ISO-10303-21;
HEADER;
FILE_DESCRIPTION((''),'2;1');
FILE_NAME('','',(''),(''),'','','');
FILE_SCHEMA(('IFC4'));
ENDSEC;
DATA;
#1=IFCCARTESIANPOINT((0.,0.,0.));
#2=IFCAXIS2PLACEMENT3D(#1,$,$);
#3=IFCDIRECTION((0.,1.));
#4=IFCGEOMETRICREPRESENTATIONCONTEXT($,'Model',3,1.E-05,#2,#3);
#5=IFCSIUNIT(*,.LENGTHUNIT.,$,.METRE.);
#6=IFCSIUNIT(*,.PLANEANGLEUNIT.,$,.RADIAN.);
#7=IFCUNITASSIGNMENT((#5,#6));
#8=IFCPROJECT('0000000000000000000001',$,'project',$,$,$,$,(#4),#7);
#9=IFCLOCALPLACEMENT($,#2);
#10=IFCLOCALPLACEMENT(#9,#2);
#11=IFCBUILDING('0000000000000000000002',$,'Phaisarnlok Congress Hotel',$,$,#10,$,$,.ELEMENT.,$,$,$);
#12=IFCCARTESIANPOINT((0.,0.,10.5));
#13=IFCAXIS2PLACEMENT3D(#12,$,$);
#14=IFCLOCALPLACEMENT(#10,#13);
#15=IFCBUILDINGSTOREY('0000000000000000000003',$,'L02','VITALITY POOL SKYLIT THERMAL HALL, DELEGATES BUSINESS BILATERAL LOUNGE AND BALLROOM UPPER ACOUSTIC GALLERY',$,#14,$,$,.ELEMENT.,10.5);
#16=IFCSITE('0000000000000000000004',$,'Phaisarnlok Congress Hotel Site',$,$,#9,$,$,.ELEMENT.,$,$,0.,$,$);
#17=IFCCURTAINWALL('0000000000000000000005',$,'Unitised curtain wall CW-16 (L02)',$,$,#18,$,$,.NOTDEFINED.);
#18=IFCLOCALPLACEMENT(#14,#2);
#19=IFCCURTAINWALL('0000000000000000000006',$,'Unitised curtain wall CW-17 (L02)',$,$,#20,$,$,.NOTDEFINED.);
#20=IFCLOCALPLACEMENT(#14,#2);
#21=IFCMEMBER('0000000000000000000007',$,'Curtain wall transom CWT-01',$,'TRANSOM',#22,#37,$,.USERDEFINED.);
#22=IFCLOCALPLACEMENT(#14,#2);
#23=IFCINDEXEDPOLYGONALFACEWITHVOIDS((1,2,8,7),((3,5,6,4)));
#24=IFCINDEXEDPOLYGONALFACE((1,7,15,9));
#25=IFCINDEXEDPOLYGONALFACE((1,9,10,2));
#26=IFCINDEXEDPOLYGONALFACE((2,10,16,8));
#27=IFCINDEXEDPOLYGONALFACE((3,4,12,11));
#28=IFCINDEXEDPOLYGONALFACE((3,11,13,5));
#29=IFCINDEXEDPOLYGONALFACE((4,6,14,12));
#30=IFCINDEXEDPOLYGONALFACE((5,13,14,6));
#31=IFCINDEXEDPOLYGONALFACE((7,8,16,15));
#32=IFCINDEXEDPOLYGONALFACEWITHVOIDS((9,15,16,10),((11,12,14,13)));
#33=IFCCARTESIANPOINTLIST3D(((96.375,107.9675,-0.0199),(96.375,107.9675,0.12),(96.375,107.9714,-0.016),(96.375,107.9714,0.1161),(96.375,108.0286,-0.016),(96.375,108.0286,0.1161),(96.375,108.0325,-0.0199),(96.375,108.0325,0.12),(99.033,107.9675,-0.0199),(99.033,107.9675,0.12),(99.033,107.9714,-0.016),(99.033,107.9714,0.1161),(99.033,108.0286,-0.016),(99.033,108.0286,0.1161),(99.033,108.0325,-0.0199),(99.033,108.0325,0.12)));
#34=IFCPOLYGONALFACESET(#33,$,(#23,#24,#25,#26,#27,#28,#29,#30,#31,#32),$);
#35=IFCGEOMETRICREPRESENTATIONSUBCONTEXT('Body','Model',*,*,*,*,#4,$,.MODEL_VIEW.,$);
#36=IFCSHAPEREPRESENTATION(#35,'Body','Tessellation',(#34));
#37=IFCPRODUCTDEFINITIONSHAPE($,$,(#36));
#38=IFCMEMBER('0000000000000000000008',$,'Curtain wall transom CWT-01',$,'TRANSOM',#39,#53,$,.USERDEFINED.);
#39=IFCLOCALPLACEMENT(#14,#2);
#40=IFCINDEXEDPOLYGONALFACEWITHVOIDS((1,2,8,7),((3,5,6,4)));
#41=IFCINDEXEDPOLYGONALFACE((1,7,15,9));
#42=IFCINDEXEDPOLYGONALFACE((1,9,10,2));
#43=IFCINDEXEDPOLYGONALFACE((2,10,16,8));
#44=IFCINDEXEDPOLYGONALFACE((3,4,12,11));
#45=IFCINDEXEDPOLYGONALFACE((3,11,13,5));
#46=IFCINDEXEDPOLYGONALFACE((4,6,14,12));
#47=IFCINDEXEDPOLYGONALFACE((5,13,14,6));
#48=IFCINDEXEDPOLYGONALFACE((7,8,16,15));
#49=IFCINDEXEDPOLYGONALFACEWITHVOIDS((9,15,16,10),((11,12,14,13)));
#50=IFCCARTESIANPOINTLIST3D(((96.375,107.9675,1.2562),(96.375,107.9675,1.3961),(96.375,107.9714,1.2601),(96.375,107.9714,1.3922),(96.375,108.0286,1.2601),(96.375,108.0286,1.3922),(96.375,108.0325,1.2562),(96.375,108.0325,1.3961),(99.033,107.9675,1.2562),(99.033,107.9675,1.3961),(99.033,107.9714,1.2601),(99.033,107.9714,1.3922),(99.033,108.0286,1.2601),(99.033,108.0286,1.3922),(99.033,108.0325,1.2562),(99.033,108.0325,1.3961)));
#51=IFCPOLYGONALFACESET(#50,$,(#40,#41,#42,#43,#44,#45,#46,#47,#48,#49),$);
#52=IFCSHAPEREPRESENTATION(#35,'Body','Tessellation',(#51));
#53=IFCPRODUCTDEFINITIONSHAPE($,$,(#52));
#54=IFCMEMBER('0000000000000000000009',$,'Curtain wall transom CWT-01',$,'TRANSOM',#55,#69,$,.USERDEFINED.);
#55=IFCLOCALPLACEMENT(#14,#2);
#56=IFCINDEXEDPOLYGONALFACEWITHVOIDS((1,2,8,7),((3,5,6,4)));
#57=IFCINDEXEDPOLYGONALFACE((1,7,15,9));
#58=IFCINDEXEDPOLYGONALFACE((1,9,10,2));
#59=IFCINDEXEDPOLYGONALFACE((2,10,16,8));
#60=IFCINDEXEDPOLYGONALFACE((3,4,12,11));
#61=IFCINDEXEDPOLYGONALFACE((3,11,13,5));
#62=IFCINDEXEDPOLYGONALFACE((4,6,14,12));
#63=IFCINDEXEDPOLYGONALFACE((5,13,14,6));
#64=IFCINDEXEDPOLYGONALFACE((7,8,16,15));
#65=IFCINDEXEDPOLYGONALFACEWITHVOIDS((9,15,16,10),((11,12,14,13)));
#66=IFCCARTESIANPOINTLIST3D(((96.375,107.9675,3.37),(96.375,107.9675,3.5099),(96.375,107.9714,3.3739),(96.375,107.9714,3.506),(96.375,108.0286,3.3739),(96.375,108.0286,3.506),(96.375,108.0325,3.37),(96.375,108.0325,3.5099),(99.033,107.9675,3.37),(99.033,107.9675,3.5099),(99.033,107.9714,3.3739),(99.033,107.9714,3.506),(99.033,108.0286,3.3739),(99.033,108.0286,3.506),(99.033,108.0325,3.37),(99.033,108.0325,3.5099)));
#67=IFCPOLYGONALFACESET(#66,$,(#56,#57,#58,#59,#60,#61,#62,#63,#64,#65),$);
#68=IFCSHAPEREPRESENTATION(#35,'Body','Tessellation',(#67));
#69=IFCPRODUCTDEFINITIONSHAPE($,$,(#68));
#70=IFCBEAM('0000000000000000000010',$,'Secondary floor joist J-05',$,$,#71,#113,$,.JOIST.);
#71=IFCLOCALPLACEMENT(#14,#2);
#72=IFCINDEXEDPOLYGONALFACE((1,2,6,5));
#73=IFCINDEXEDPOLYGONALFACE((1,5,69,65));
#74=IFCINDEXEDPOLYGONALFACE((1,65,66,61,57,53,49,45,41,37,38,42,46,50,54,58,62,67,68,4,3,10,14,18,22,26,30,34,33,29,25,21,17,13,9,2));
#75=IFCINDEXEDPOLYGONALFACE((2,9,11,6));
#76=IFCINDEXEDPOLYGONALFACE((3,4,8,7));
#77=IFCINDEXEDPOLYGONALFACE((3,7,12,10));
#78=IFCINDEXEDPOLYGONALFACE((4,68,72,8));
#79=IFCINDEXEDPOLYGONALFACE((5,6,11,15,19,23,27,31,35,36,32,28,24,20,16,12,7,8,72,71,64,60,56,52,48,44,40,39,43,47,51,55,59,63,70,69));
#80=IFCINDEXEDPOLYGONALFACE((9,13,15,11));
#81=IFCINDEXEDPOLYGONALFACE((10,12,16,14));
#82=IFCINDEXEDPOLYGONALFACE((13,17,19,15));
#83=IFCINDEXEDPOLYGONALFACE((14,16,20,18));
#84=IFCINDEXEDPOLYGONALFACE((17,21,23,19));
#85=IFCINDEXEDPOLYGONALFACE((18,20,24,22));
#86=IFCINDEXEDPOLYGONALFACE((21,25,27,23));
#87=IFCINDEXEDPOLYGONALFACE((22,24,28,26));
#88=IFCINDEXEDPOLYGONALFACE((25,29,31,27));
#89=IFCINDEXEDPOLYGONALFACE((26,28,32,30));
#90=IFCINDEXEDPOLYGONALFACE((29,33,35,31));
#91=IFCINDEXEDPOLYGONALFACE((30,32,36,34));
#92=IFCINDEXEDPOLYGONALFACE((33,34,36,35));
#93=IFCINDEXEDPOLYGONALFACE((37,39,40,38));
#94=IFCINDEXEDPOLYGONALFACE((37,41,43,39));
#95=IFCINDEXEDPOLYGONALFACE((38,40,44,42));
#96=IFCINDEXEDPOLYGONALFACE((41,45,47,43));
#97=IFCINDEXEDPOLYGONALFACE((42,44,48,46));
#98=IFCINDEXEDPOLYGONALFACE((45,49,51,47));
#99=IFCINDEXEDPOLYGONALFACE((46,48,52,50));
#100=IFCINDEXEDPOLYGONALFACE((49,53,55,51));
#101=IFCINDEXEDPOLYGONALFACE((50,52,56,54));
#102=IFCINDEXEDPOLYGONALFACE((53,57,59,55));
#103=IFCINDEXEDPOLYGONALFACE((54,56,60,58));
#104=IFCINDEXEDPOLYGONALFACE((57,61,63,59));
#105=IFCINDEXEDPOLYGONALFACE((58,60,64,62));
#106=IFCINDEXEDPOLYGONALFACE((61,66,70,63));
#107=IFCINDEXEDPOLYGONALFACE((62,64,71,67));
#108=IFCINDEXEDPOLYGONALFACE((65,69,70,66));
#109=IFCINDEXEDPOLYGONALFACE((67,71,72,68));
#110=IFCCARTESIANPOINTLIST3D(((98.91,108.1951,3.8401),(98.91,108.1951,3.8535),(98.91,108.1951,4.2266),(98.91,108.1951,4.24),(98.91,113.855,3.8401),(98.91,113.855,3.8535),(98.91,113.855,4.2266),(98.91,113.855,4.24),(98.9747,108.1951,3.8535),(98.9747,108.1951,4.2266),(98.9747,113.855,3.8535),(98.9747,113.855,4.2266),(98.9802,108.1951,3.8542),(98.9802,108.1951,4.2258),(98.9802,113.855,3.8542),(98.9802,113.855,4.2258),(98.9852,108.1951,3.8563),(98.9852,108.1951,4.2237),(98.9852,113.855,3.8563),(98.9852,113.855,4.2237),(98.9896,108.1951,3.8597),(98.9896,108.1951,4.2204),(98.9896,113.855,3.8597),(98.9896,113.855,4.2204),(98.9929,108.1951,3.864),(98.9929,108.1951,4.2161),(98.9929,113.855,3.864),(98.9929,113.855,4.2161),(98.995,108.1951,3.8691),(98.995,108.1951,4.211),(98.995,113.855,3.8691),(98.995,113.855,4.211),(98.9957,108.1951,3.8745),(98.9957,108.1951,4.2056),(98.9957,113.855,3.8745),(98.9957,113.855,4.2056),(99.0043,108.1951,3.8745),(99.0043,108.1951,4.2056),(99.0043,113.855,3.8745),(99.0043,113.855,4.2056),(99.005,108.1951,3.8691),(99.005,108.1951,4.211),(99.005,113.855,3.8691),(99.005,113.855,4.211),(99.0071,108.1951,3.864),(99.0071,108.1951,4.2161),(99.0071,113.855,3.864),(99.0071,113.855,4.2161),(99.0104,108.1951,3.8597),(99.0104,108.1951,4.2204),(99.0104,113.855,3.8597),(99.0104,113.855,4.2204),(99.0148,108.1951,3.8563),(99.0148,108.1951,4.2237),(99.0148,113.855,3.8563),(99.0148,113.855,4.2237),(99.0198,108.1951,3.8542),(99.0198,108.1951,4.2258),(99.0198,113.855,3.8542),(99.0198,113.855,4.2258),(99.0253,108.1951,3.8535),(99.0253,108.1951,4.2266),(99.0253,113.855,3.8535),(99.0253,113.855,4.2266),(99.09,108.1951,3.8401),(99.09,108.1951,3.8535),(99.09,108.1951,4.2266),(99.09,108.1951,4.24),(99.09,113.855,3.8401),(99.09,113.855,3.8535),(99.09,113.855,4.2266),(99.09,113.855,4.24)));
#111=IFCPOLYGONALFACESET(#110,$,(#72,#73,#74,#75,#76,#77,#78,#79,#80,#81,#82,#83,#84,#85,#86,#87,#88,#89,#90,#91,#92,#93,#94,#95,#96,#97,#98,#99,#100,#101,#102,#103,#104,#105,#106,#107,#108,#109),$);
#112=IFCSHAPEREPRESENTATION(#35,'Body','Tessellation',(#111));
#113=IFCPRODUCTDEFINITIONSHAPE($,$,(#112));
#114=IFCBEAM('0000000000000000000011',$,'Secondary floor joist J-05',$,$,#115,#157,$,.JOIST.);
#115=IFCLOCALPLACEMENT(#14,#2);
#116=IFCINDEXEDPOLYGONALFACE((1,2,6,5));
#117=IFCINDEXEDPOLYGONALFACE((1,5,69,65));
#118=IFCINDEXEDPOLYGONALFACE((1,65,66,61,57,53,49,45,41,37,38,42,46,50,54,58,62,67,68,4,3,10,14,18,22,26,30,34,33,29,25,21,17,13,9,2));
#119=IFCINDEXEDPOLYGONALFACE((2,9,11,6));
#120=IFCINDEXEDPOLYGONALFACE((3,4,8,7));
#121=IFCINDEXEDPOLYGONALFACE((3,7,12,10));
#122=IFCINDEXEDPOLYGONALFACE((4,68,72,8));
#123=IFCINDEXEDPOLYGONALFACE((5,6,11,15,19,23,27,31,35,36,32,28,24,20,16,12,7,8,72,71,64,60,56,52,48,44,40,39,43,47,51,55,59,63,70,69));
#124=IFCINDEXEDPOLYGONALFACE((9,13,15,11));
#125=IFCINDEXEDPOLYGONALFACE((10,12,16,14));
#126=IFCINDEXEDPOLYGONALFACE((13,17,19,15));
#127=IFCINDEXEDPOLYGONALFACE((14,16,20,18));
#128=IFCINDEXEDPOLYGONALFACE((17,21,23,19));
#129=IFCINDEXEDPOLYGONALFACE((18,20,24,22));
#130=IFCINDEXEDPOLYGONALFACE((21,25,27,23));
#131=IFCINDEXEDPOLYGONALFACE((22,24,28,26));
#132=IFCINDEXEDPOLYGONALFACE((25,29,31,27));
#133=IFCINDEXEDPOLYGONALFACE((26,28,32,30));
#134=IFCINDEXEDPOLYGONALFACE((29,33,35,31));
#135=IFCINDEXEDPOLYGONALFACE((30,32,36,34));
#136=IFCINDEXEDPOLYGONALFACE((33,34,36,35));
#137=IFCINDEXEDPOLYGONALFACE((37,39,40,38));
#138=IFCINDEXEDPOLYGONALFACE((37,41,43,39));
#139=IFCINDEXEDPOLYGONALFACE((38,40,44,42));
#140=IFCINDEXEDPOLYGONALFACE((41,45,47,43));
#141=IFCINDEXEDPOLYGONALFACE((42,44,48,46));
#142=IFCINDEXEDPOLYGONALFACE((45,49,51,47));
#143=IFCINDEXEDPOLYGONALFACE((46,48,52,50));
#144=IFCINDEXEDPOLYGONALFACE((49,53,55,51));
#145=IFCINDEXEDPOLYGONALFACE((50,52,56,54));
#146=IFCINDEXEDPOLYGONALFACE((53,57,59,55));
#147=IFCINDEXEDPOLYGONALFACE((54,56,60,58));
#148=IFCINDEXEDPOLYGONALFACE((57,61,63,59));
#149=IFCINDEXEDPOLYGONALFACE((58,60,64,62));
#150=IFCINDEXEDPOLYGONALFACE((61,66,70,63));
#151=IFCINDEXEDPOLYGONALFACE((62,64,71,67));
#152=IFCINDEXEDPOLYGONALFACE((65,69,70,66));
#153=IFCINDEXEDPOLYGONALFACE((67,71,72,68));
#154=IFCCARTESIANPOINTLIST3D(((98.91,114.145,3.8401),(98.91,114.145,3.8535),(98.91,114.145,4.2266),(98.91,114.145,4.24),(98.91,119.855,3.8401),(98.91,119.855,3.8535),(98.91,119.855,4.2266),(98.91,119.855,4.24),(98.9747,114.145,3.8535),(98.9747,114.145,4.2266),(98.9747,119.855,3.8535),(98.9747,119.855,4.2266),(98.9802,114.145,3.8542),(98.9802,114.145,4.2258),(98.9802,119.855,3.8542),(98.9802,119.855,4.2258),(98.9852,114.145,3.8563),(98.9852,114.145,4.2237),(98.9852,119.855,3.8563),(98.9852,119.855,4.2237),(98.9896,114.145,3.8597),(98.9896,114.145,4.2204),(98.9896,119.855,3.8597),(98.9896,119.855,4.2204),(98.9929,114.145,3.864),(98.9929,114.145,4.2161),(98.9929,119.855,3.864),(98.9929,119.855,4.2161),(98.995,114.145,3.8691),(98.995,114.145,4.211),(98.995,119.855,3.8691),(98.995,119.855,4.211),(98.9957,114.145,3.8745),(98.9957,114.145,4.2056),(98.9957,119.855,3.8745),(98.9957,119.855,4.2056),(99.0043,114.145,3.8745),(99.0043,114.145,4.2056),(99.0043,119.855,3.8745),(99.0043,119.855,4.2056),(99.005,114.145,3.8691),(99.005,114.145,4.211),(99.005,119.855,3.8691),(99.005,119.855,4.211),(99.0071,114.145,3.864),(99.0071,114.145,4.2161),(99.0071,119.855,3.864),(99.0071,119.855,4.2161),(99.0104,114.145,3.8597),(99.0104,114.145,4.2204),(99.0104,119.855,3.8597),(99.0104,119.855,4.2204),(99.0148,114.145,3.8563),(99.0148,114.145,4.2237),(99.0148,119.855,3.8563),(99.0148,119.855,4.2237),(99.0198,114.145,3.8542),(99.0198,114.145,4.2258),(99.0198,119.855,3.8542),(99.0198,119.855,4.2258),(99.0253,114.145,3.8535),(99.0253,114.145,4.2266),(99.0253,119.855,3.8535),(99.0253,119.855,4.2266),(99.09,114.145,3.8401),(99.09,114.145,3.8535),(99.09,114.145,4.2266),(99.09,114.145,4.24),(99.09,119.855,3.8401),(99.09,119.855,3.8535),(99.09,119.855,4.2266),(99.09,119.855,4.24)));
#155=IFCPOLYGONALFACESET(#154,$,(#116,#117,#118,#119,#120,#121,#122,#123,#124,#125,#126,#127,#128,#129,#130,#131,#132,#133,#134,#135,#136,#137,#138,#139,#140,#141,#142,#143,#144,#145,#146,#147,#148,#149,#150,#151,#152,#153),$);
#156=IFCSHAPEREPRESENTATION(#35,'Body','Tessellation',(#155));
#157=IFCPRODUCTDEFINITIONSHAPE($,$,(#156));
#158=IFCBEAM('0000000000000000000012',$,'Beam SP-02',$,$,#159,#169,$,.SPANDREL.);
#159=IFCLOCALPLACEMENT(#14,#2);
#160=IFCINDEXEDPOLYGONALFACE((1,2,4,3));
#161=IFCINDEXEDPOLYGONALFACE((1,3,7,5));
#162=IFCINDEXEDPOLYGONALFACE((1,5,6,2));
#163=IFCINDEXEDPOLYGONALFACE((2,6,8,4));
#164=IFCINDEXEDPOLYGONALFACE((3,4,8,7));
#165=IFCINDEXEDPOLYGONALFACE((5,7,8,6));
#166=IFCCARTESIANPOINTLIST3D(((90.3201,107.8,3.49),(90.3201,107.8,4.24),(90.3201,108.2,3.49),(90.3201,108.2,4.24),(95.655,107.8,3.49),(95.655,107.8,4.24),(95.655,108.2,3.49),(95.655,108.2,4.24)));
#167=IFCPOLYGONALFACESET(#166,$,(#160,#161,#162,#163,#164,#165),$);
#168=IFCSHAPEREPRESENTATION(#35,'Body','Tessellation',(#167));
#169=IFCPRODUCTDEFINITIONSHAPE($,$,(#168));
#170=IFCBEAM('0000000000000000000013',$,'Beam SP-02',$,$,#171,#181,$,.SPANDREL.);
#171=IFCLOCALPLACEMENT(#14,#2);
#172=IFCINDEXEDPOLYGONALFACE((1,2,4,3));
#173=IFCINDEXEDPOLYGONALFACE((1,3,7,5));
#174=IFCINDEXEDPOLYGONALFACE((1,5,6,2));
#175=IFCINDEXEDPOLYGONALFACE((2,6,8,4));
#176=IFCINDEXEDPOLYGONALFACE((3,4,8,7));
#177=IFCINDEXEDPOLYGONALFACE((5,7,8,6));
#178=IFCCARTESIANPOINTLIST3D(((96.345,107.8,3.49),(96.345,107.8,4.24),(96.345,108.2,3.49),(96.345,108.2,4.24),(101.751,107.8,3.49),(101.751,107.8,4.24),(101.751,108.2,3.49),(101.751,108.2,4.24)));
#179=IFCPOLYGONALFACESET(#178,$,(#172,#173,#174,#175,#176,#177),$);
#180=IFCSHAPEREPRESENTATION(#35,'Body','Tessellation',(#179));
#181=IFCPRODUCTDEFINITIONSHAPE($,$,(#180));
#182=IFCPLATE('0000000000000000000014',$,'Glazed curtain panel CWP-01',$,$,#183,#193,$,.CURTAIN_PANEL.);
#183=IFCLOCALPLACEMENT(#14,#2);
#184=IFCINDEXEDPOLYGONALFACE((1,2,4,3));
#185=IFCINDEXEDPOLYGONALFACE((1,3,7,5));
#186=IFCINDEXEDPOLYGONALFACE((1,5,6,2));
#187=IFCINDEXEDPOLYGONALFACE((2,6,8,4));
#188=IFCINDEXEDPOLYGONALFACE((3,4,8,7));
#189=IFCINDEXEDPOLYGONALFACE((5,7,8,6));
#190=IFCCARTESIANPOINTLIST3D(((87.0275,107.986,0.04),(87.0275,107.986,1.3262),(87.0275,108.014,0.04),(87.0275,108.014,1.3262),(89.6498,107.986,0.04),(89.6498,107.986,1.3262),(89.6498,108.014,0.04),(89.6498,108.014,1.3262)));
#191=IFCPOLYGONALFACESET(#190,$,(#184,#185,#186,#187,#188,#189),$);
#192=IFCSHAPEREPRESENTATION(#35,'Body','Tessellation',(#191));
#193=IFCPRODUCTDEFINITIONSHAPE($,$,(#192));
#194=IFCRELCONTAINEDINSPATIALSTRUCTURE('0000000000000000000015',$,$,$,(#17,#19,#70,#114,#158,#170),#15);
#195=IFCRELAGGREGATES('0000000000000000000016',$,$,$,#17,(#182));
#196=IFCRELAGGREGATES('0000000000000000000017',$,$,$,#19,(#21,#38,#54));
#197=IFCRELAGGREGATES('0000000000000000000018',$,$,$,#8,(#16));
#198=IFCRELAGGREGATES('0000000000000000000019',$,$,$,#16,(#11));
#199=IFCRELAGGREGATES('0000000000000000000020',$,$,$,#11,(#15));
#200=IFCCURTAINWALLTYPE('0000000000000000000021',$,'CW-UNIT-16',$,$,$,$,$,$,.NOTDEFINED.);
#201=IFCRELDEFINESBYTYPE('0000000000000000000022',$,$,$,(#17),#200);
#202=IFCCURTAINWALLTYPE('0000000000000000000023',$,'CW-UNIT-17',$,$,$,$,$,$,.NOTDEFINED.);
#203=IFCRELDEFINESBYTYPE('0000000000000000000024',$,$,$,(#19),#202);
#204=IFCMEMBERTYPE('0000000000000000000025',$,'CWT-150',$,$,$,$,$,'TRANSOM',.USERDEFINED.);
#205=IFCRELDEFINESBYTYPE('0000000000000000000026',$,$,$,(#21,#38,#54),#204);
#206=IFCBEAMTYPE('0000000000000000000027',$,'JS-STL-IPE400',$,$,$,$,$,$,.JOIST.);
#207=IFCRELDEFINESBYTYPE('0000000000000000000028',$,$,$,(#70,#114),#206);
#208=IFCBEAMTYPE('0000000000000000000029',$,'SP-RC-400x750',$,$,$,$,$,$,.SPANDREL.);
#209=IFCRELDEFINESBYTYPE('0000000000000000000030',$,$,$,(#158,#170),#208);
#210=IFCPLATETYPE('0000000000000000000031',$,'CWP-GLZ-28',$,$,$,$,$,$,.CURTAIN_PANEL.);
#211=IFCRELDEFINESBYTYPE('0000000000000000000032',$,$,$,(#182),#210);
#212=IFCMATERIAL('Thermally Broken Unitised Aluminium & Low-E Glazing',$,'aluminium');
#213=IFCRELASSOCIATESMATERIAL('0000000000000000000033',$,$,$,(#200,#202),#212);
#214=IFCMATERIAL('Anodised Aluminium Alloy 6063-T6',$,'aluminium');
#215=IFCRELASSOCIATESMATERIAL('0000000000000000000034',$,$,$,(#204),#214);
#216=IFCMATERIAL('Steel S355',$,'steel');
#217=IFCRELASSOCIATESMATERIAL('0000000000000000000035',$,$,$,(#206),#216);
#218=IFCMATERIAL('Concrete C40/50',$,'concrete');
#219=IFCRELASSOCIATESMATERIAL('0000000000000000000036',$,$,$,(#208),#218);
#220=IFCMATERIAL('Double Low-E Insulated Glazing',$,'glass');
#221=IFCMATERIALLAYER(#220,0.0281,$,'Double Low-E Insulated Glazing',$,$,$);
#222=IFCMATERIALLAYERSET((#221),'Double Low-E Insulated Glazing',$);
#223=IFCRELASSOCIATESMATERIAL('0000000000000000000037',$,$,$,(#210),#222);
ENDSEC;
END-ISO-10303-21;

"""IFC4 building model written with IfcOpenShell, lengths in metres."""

from ifc_helpers import new_model, si_unit, direction, frame, frame_2d, origin, origin_2d, place, context, subcontext, project, spatial, rectangle, hollow_rectangle, i_section, extrude, material, layer, layer_set, material_profile, profile_set, type_object, element, aggregate, save


model = new_model("IFC4")

# Units and contexts
model_context = context("Model", 3, precision=1e-05, world=origin(), true_north=direction((0.0, 1.0)))
body_context = subcontext(model_context, "Body", "Model", "MODEL_VIEW")
ifc_project = project(units=[si_unit("LENGTHUNIT", "METRE"), si_unit("PLANEANGLEUNIT", "RADIAN")], contexts=[model_context])

# Site, building, storey
site_placement = place(None, origin())
site = spatial("IfcSite", under=ifc_project, at=site_placement, Name="Phaisarnlok Congress Hotel Site", CompositionType="ELEMENT", RefElevation=0.0)
building_placement = place(site_placement, origin())
building = spatial("IfcBuilding", under=site, at=building_placement, Name="Phaisarnlok Congress Hotel", CompositionType="ELEMENT")
storey_placement = place(building_placement, frame((0.0, 0.0, 10.5)))
storey = spatial("IfcBuildingStorey", under=building, at=storey_placement, Name="L02", Description="VITALITY POOL SKYLIT THERMAL HALL, DELEGATES BUSINESS BILATERAL LOUNGE AND BALLROOM UPPER ACOUSTIC GALLERY", CompositionType="ELEMENT", Elevation=10.5)

# Shared definitions
ifc_material_1 = material(Name="Concrete C40/50", Category="concrete")
ifc_material_2 = material(Name="Steel S355", Category="steel")

# Curtain walls
ifc_material_3 = material(Name="Thermally Broken Unitised Aluminium & Low-E Glazing", Category="aluminium")
curtain_wall_type_1 = type_object("IfcCurtainWallType", Name="CW-UNIT-16", PredefinedType="NOTDEFINED", material=ifc_material_3)
curtain_wall_1_placement = place(storey_placement, origin())
curtain_wall_1 = element("IfcCurtainWall", 1, at=curtain_wall_1_placement, inside=storey, type_object=curtain_wall_type_1, Name="Unitised curtain wall CW-16 (L02)", PredefinedType="NOTDEFINED")
ifc_material_4 = material(Name="Anodised Aluminium Alloy 6063-T6", Category="aluminium")
curtain_wall_type_2 = type_object("IfcCurtainWallType", Name="CW-UNIT-17", PredefinedType="NOTDEFINED", material=ifc_material_3)
curtain_wall_2_placement = place(storey_placement, origin())
curtain_wall_2 = element("IfcCurtainWall", 2, at=curtain_wall_2_placement, inside=storey, type_object=curtain_wall_type_2, Name="Unitised curtain wall CW-17 (L02)", PredefinedType="NOTDEFINED")

# Members
ifc_material_profile_1 = material_profile(ifc_material_4, hollow_rectangle(XDim=0.0649, YDim=0.1399, WallThickness=0.0039, at=origin_2d()), Name="ALU-T 65x140x4")
ifc_profile_set_1 = profile_set([ifc_material_profile_1], Name="Anodised Aluminium Alloy 6063-T6")
member_type_1 = type_object("IfcMemberType", Name="CWT-150", ElementType="TRANSOM", PredefinedType="USERDEFINED", material=ifc_profile_set_1)
member_1_placement = place(storey_placement, frame((96.375, 108.0, 0.05), z_axis=(1.0, 0.0, 0.0), x_axis=(0.0, 1.0, 0.0)))
member_1 = element("IfcMember", 3, at=member_1_placement, type_object=member_type_1, Name="Curtain wall transom CWT-01", ObjectType="TRANSOM", PredefinedType="USERDEFINED", context=body_context, shape_type="SweptSolid", body=[
    extrude(hollow_rectangle(XDim=0.0649, YDim=0.1399, WallThickness=0.0039, at=origin_2d()), origin(), (0.0, 0.0, 1.0), 2.658),
])
member_2_placement = place(storey_placement, frame((96.375, 108.0, 1.3262), z_axis=(1.0, 0.0, 0.0), x_axis=(0.0, 1.0, 0.0)))
member_2 = element("IfcMember", 4, at=member_2_placement, type_object=member_type_1, Name="Curtain wall transom CWT-01", ObjectType="TRANSOM", PredefinedType="USERDEFINED", context=body_context, shape_type="SweptSolid", body=[
    extrude(hollow_rectangle(XDim=0.0649, YDim=0.1399, WallThickness=0.0039, at=origin_2d()), origin(), (0.0, 0.0, 1.0), 2.658),
])
member_3_placement = place(storey_placement, frame((96.375, 108.0, 3.4399), z_axis=(1.0, 0.0, 0.0), x_axis=(0.0, 1.0, 0.0)))
member_3 = element("IfcMember", 5, at=member_3_placement, type_object=member_type_1, Name="Curtain wall transom CWT-01", ObjectType="TRANSOM", PredefinedType="USERDEFINED", context=body_context, shape_type="SweptSolid", body=[
    extrude(hollow_rectangle(XDim=0.0649, YDim=0.1399, WallThickness=0.0039, at=origin_2d()), origin(), (0.0, 0.0, 1.0), 2.658),
])

# Beams
ifc_material_profile_2 = material_profile(ifc_material_2, i_section(OverallWidth=0.1799, OverallDepth=0.3999, WebThickness=0.0085, FlangeThickness=0.0134, FilletRadius=0.021, at=origin_2d()), Name="IPE 400")
ifc_profile_set_2 = profile_set([ifc_material_profile_2], Name="Steel S355")
beam_type_1 = type_object("IfcBeamType", Name="JS-STL-IPE400", PredefinedType="JOIST", material=ifc_profile_set_2)
beam_1_placement = place(storey_placement, frame((99.0, 108.1951, 4.04), z_axis=(0.0, 1.0, 0.0), x_axis=(-1.0, 0.0, 0.0)))
element("IfcBeam", 6, at=beam_1_placement, inside=storey, type_object=beam_type_1, Name="Secondary floor joist J-05", PredefinedType="JOIST", context=body_context, shape_type="SweptSolid", body=[
    extrude(i_section(OverallWidth=0.1799, OverallDepth=0.3999, WebThickness=0.0085, FlangeThickness=0.0134, FilletRadius=0.021, at=origin_2d()), origin(), (0.0, 0.0, 1.0), 5.6599),
])
beam_2_placement = place(storey_placement, frame((99.0, 114.145, 4.04), z_axis=(0.0, 1.0, 0.0), x_axis=(-1.0, 0.0, 0.0)))
element("IfcBeam", 7, at=beam_2_placement, inside=storey, type_object=beam_type_1, Name="Secondary floor joist J-05", PredefinedType="JOIST", context=body_context, shape_type="SweptSolid", body=[
    extrude(i_section(OverallWidth=0.1799, OverallDepth=0.3999, WebThickness=0.0085, FlangeThickness=0.0134, FilletRadius=0.021, at=origin_2d()), origin(), (0.0, 0.0, 1.0), 5.71),
])
ifc_material_profile_3 = material_profile(ifc_material_1, rectangle(XDim=0.3999, YDim=0.75, at=origin_2d()), Name="RC 400x750")
ifc_profile_set_3 = profile_set([ifc_material_profile_3], Name="Concrete C40/50")
beam_type_2 = type_object("IfcBeamType", Name="SP-RC-400x750", PredefinedType="SPANDREL", material=ifc_profile_set_3)
beam_3_placement = place(storey_placement, frame((90.3201, 108.0, 3.865), z_axis=(1.0, 0.0, 0.0), x_axis=(0.0, 1.0, 0.0)))
element("IfcBeam", 8, at=beam_3_placement, inside=storey, type_object=beam_type_2, Name="Beam SP-02", PredefinedType="SPANDREL", context=body_context, shape_type="SweptSolid", body=[
    extrude(rectangle(XDim=0.3999, YDim=0.75, at=origin_2d()), origin(), (0.0, 0.0, 1.0), 5.335),
])
beam_4_placement = place(storey_placement, frame((96.345, 108.0, 3.865), z_axis=(1.0, 0.0, 0.0), x_axis=(0.0, 1.0, 0.0)))
element("IfcBeam", 9, at=beam_4_placement, inside=storey, type_object=beam_type_2, Name="Beam SP-02", PredefinedType="SPANDREL", context=body_context, shape_type="SweptSolid", body=[
    extrude(rectangle(XDim=0.3999, YDim=0.75, at=origin_2d()), origin(), (0.0, 0.0, 1.0), 5.406),
])

# Plate
ifc_material_5 = material(Name="Double Low-E Insulated Glazing", Category="glass")
ifc_layer_1 = layer(ifc_material_5, 0.0281, Name="Double Low-E Insulated Glazing")
ifc_layer_set_1 = layer_set([ifc_layer_1], Name="Double Low-E Insulated Glazing")
plate_type = type_object("IfcPlateType", Name="CWP-GLZ-28", PredefinedType="CURTAIN_PANEL", material=ifc_layer_set_1)
plate_1_placement = place(storey_placement, frame((87.0276, 108.0, 0.04), z_axis=(0.0, 0.0, 1.0), x_axis=(1.0, 0.0, 0.0)))
plate_1 = element("IfcPlate", 10, at=plate_1_placement, type_object=plate_type, Name="Glazed curtain panel CWP-01", PredefinedType="CURTAIN_PANEL", context=body_context, shape_type="SweptSolid", body=[
    extrude(rectangle(XDim=2.6223, YDim=0.0281, at=frame_2d((1.311, 0.0))), origin(), (0.0, 0.0, 1.0), 1.2861),
])
aggregate(curtain_wall_1, [plate_1])
aggregate(curtain_wall_2, [member_1, member_2, member_3])

save(model, "model.ifc")
